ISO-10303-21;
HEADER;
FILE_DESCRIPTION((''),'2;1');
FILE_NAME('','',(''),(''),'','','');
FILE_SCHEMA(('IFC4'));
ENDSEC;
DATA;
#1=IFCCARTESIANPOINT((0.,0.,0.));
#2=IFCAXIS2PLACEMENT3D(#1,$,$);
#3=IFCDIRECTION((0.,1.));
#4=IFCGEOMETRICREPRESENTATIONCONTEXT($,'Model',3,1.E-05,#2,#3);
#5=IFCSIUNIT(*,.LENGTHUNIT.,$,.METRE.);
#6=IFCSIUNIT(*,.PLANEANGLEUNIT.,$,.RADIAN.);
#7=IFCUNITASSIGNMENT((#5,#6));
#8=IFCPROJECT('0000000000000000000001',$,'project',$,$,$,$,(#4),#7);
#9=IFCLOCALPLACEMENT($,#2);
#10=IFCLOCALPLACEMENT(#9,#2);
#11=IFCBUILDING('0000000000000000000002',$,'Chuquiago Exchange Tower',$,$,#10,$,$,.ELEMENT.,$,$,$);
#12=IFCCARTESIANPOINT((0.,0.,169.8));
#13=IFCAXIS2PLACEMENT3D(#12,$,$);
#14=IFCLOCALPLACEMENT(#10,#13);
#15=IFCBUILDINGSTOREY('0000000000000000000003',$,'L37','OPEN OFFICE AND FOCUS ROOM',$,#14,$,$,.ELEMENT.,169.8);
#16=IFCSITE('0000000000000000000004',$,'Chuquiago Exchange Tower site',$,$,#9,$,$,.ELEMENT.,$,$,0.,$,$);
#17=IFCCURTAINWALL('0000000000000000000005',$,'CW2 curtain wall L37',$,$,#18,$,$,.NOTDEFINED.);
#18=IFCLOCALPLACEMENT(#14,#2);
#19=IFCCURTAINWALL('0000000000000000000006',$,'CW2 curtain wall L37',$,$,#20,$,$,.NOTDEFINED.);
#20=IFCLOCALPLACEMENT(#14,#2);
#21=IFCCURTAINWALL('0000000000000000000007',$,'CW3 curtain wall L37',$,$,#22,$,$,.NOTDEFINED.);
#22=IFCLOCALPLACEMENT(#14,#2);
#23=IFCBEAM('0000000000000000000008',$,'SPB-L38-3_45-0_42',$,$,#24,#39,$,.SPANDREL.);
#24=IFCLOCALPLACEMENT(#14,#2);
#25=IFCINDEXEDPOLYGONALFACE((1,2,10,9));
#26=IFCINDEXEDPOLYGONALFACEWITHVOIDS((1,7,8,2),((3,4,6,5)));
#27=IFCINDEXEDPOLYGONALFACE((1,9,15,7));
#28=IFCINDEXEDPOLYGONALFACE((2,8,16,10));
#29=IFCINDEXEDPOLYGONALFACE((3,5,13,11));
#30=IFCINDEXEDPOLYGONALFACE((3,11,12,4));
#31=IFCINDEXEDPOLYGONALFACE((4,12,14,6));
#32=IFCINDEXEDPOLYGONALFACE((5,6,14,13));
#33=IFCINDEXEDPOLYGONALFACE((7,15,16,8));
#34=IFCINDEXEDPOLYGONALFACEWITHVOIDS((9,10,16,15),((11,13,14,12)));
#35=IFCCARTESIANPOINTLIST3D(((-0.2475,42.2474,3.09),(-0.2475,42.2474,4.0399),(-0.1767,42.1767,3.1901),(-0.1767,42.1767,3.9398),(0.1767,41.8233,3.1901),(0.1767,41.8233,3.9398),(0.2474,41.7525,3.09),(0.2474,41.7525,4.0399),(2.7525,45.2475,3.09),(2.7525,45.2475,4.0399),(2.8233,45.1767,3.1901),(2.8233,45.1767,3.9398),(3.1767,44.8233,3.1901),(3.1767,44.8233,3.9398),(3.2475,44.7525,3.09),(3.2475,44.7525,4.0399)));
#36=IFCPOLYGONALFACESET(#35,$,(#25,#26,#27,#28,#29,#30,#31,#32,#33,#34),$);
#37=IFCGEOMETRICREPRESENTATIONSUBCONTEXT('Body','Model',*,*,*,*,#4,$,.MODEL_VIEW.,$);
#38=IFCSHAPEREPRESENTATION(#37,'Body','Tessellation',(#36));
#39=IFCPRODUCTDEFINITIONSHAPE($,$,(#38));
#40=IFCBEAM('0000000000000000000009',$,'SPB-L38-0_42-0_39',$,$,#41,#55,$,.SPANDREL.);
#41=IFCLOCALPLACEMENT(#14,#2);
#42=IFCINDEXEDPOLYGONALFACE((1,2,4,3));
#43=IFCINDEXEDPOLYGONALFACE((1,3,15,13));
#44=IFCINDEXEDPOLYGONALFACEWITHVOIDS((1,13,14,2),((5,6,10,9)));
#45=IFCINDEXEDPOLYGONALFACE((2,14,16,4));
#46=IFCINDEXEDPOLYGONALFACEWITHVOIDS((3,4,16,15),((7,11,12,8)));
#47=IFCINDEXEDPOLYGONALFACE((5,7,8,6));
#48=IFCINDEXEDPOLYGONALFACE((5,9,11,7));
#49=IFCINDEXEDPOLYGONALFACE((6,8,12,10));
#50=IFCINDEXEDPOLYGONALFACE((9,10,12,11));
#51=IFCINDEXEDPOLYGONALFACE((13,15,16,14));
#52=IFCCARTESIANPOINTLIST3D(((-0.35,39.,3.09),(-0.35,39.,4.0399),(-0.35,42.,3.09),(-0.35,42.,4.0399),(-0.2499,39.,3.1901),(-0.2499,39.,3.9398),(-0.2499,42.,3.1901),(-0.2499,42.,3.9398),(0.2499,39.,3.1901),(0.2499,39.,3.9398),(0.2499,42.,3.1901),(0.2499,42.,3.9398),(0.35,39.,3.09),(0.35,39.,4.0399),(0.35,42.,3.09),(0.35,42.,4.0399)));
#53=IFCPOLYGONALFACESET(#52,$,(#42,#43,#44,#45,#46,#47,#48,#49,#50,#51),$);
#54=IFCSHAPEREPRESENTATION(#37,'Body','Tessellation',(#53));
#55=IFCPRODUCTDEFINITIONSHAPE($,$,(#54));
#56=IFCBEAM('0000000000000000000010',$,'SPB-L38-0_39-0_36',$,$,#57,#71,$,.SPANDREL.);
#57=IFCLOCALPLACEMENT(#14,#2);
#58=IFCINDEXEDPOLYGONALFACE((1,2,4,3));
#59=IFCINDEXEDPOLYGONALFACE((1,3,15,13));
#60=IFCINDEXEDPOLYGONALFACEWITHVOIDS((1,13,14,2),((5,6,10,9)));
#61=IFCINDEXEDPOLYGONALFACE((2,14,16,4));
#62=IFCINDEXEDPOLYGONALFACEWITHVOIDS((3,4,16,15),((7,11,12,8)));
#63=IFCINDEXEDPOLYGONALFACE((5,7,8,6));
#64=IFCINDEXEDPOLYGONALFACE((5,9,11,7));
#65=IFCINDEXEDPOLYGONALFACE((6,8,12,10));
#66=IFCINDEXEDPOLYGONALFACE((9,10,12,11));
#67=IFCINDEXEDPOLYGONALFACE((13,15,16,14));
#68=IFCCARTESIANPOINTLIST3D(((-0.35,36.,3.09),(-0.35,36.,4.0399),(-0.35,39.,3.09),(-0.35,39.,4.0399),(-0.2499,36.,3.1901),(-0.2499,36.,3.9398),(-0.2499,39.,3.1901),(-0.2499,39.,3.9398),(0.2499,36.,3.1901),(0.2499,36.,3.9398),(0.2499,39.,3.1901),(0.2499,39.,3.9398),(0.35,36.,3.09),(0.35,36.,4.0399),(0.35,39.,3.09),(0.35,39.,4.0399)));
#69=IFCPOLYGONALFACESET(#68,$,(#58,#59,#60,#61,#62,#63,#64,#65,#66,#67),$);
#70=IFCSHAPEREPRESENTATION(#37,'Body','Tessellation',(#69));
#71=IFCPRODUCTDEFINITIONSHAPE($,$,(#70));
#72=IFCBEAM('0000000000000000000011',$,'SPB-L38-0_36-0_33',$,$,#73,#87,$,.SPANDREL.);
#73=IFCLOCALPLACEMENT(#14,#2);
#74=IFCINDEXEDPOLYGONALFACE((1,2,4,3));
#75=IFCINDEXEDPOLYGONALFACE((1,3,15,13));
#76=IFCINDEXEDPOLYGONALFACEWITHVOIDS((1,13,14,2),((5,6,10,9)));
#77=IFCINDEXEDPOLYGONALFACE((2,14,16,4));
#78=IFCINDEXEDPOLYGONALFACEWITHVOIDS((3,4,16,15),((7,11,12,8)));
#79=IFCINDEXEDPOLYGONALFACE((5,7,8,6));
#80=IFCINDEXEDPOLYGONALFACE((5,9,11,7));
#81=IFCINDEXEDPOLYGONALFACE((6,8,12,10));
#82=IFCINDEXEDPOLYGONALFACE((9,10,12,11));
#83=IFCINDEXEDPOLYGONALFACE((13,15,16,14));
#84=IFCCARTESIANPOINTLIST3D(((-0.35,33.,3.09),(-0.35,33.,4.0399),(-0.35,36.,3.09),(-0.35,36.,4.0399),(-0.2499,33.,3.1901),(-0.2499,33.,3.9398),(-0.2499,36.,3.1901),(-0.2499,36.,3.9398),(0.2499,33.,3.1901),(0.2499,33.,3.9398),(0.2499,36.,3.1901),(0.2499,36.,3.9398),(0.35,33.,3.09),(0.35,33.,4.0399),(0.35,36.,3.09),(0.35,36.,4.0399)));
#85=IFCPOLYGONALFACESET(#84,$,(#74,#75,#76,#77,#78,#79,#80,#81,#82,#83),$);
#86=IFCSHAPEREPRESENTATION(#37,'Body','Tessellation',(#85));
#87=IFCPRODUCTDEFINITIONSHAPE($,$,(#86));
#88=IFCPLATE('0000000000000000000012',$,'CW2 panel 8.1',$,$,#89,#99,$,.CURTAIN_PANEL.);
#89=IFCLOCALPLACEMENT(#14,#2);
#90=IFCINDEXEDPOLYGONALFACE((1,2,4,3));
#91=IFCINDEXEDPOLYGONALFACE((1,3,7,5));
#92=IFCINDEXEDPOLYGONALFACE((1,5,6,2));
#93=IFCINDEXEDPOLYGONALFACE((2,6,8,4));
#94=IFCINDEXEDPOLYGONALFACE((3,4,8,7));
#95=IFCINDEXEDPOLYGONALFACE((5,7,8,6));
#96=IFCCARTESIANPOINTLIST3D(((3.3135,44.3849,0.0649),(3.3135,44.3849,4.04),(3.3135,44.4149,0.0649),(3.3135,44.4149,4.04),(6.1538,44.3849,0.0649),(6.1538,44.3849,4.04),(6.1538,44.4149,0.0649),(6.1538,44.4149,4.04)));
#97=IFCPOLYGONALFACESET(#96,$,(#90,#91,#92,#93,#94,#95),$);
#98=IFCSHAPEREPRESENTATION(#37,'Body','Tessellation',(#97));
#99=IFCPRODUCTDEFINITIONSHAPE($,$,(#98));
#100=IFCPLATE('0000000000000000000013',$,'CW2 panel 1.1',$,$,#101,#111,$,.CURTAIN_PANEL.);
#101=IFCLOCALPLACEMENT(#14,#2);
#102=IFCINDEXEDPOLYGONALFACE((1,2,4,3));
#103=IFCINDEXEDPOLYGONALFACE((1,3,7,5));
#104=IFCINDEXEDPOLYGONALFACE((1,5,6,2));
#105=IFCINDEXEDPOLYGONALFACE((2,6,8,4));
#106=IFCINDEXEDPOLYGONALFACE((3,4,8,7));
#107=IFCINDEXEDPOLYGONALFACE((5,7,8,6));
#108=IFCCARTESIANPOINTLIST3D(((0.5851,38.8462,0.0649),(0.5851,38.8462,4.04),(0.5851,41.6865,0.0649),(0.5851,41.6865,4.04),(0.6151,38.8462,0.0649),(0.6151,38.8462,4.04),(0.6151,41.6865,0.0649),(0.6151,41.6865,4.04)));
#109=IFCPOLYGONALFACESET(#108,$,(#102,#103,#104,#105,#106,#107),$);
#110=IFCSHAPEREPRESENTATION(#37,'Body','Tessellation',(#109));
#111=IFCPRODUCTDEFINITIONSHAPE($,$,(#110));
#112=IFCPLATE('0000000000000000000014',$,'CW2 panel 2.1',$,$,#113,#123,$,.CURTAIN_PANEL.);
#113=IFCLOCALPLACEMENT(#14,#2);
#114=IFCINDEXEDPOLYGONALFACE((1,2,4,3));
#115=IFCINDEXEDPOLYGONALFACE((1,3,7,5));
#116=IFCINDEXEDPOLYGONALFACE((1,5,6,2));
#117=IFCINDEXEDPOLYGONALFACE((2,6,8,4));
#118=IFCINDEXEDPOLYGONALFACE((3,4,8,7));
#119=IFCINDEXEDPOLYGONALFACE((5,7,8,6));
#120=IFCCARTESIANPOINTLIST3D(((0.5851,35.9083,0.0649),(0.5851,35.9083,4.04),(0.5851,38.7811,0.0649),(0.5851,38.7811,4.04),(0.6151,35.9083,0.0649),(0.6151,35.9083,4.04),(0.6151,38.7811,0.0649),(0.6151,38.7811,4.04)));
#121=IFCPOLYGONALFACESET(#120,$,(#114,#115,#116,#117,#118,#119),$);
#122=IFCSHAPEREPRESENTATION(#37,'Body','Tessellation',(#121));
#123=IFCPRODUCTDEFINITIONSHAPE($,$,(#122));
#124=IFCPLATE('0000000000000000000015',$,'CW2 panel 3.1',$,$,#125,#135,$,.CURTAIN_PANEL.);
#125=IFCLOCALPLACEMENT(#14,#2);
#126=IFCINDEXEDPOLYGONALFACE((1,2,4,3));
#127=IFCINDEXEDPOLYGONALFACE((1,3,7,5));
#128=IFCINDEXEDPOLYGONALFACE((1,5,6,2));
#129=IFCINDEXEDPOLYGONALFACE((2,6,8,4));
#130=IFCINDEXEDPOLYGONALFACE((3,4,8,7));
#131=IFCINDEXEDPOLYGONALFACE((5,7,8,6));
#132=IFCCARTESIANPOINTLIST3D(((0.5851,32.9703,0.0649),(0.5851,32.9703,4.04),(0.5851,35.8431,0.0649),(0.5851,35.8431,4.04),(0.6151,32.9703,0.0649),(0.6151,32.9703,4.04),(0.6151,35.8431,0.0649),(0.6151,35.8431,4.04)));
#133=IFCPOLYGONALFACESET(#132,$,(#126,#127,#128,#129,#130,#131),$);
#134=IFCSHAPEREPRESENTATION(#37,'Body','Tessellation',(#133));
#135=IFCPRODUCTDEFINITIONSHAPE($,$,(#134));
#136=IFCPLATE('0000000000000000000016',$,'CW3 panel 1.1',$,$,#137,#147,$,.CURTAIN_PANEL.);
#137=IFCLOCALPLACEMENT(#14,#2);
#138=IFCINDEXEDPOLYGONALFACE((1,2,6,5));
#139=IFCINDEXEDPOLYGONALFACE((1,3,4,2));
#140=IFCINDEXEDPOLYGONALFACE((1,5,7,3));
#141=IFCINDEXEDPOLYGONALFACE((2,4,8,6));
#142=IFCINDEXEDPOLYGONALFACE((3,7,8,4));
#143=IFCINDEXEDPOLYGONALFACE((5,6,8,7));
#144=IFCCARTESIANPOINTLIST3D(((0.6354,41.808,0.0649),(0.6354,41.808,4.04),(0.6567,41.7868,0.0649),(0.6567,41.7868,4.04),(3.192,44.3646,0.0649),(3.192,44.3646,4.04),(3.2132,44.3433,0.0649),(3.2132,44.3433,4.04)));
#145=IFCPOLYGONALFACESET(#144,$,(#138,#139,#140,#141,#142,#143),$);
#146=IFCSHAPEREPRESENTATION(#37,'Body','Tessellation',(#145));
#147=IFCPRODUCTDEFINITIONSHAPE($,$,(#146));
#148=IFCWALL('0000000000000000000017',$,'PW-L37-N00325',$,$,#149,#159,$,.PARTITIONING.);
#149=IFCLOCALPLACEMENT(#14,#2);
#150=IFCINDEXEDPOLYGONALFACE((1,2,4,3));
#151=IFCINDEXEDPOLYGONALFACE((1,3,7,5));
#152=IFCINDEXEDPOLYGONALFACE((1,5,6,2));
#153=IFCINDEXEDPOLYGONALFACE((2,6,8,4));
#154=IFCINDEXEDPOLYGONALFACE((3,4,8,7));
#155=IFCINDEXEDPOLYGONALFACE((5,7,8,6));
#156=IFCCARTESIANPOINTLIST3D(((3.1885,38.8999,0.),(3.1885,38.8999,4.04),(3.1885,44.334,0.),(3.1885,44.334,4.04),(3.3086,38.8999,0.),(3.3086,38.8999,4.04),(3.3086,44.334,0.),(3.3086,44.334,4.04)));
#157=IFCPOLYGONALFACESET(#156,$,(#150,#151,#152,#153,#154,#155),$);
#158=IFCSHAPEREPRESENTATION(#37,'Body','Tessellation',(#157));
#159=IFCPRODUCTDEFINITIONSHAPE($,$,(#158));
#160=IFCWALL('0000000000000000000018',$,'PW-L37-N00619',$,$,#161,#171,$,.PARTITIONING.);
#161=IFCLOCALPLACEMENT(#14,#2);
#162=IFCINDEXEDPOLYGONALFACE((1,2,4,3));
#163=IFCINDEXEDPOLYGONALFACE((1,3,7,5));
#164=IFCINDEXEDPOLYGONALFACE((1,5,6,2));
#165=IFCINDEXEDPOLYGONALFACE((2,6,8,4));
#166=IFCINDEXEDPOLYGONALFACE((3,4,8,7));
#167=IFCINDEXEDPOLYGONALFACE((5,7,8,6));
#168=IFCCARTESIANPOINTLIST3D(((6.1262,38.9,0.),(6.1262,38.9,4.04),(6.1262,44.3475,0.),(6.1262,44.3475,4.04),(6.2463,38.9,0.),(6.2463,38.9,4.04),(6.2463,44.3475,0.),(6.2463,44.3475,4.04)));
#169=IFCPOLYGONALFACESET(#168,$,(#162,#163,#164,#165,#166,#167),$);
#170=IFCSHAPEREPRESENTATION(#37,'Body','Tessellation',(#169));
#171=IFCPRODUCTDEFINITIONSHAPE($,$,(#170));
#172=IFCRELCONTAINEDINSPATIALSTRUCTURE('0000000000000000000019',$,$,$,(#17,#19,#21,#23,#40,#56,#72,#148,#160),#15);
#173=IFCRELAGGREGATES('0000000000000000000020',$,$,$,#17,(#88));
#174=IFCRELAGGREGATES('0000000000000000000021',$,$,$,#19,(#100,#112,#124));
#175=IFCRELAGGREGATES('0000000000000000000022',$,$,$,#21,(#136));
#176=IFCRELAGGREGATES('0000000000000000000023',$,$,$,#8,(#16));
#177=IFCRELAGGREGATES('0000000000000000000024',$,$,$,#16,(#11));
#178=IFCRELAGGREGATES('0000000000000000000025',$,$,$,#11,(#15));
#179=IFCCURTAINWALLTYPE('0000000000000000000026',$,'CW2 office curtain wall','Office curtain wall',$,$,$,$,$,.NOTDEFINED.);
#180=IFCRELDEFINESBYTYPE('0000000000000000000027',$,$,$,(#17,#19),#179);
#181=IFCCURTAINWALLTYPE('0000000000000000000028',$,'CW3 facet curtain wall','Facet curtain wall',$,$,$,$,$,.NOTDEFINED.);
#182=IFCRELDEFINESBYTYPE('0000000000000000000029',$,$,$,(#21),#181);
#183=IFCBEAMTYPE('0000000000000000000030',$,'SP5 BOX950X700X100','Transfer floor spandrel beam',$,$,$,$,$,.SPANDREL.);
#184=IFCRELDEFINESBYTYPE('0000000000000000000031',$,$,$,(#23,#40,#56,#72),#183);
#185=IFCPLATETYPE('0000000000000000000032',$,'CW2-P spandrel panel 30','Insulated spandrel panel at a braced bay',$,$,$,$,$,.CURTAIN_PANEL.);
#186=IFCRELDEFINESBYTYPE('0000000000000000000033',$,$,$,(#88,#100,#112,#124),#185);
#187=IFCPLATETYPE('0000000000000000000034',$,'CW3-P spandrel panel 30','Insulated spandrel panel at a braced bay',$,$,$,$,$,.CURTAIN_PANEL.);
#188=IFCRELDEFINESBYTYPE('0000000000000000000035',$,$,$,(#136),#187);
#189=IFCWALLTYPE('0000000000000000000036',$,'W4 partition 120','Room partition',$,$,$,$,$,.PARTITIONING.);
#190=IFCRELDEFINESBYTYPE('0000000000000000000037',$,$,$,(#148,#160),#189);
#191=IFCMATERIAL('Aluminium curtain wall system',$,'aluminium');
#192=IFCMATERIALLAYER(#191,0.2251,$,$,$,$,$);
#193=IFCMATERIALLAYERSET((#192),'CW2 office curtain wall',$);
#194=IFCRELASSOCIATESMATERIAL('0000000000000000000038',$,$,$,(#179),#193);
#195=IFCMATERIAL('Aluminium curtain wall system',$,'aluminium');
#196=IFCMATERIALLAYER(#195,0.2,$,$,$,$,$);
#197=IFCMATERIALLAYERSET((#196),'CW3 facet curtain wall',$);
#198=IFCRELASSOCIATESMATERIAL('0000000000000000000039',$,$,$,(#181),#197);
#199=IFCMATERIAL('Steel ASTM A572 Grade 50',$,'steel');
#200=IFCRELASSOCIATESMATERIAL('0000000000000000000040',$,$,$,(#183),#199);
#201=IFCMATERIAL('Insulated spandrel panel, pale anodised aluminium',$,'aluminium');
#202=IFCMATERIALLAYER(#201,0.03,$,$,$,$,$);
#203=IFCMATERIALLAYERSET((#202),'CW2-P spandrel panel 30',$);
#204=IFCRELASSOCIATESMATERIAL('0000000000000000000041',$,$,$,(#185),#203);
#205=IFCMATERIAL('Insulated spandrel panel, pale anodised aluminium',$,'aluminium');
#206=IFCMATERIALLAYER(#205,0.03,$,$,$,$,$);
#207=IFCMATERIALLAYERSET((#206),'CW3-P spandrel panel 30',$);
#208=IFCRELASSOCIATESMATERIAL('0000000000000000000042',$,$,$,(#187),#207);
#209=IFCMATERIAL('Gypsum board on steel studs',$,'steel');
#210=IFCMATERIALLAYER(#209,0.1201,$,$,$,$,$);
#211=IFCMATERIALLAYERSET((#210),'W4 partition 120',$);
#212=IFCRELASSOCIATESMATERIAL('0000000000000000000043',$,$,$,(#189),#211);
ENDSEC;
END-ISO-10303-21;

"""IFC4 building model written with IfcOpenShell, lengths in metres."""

from ifc_helpers import new_model, si_unit, direction, frame, frame_2d, origin, origin_2d, place, context, subcontext, project, spatial, rectangle, hollow_rectangle, extrude, material, layer, layer_set, material_profile, profile_set, type_object, element, aggregate, save


model = new_model("IFC4")

# Units and contexts
model_context = context("Model", 3, precision=1e-05, world=origin(), true_north=direction((0.0, 1.0)))
body_context = subcontext(model_context, "Body", "Model", "MODEL_VIEW")
ifc_project = project(units=[si_unit("LENGTHUNIT", "METRE"), si_unit("PLANEANGLEUNIT", "RADIAN")], contexts=[model_context])

# Site, building, storey
site_placement = place(None, origin())
site = spatial("IfcSite", under=ifc_project, at=site_placement, Name="Chuquiago Exchange Tower site", CompositionType="ELEMENT", RefElevation=0.0)
building_placement = place(site_placement, origin())
building = spatial("IfcBuilding", under=site, at=building_placement, Name="Chuquiago Exchange Tower", CompositionType="ELEMENT")
storey_placement = place(building_placement, frame((0.0, 0.0, 169.8)))
storey = spatial("IfcBuildingStorey", under=building, at=storey_placement, Name="L37", Description="OPEN OFFICE AND FOCUS ROOM", CompositionType="ELEMENT", Elevation=169.8)

# Curtain wall
ifc_material_1 = material(Name="Aluminium curtain wall system", Category="aluminium")
ifc_layer_1 = layer(ifc_material_1, 0.2251)
ifc_layer_set_1 = layer_set([ifc_layer_1], Name="CW2 office curtain wall")
curtain_wall_type_1 = type_object("IfcCurtainWallType", Name="CW2 office curtain wall", Description="Office curtain wall", PredefinedType="NOTDEFINED", material=ifc_layer_set_1)
curtain_wall_1_placement = place(storey_placement, origin())
curtain_wall_1 = element("IfcCurtainWall", 1, at=curtain_wall_1_placement, inside=storey, type_object=curtain_wall_type_1, Name="CW2 curtain wall L37", PredefinedType="NOTDEFINED")

# Curtain wall
curtain_wall_2_placement = place(storey_placement, origin())
curtain_wall_2 = element("IfcCurtainWall", 2, at=curtain_wall_2_placement, inside=storey, type_object=curtain_wall_type_1, Name="CW2 curtain wall L37", PredefinedType="NOTDEFINED")

# Curtain wall
ifc_material_2 = material(Name="Aluminium curtain wall system", Category="aluminium")
ifc_layer_2 = layer(ifc_material_2, 0.2)
ifc_layer_set_2 = layer_set([ifc_layer_2], Name="CW3 facet curtain wall")
curtain_wall_type_2 = type_object("IfcCurtainWallType", Name="CW3 facet curtain wall", Description="Facet curtain wall", PredefinedType="NOTDEFINED", material=ifc_layer_set_2)
curtain_wall_3_placement = place(storey_placement, origin())
curtain_wall_3 = element("IfcCurtainWall", 3, at=curtain_wall_3_placement, inside=storey, type_object=curtain_wall_type_2, Name="CW3 curtain wall L37", PredefinedType="NOTDEFINED")

# Beams
ifc_material_3 = material(Name="Steel ASTM A572 Grade 50", Category="steel")
ifc_material_profile_1 = material_profile(ifc_material_3, hollow_rectangle(XDim=0.7, YDim=0.95, WallThickness=0.1001, at=origin_2d()), Name="BOX950X700X100")
ifc_profile_set_1 = profile_set([ifc_material_profile_1], Name="Steel ASTM A572 Grade 50")
beam_type_1 = type_object("IfcBeamType", Name="SP5 BOX950X700X100", Description="Transfer floor spandrel beam", PredefinedType="SPANDREL", material=ifc_profile_set_1)
beam_1_placement = place(storey_placement, frame((3.0, 45.0, 3.5649), z_axis=(-0.707107, -0.707107, 0.0), x_axis=(0.707107, -0.707107, 0.0)))
element("IfcBeam", 4, at=beam_1_placement, inside=storey, type_object=beam_type_1, Name="SPB-L38-3_45-0_42", PredefinedType="SPANDREL", context=body_context, shape_type="SweptSolid", body=[
    extrude(hollow_rectangle(XDim=0.7, YDim=0.95, WallThickness=0.1001, at=origin_2d()), origin(), (0.0, 0.0, 1.0), 4.2427),
])
for number, where, z_axis, x_axis, name in (
    (5, (0.0, 42.0, 3.5649), (0.0, -1.0, 0.0), (1.0, 0.0, 0.0), "SPB-L38-0_42-0_39"),
    (6, (0.0, 39.0, 3.5649), (0.0, -1.0, 0.0), (1.0, 0.0, 0.0), "SPB-L38-0_39-0_36"),
    (7, (0.0, 36.0, 3.5649), (0.0, -1.0, 0.0), (1.0, 0.0, 0.0), "SPB-L38-0_36-0_33"),
):
    element("IfcBeam", number, at=place(storey_placement, frame(where, z_axis=z_axis, x_axis=x_axis)), inside=storey, type_object=beam_type_1, Name=name, PredefinedType="SPANDREL", context=body_context, shape_type="SweptSolid", body=[
        extrude(hollow_rectangle(XDim=0.7, YDim=0.95, WallThickness=0.1001, at=origin_2d()), origin(), (0.0, 0.0, 1.0), 3.0),
    ])

# Plates
ifc_material_4 = material(Name="Insulated spandrel panel, pale anodised aluminium", Category="aluminium")
ifc_layer_3 = layer(ifc_material_4, 0.03)
ifc_layer_set_3 = layer_set([ifc_layer_3], Name="CW2-P spandrel panel 30")
plate_type_1 = type_object("IfcPlateType", Name="CW2-P spandrel panel 30", Description="Insulated spandrel panel at a braced bay", PredefinedType="CURTAIN_PANEL", material=ifc_layer_set_3)
plate_1_placement = place(storey_placement, frame((4.7336, 44.3999, 0.0649), z_axis=(0.0, 0.0, 1.0), x_axis=(-1.0, 0.0, 0.0)))
plate_1 = element("IfcPlate", 8, at=plate_1_placement, type_object=plate_type_1, Name="CW2 panel 8.1", PredefinedType="CURTAIN_PANEL", context=body_context, shape_type="SweptSolid", body=[
    extrude(rectangle(XDim=2.8403, YDim=0.03, at=origin_2d()), origin(), (0.0, 0.0, 1.0), 3.9751),
])
aggregate(curtain_wall_1, [plate_1])
plate_2_placement = place(storey_placement, frame((0.6001, 40.2664, 0.0649), z_axis=(0.0, 0.0, 1.0), x_axis=(0.0, -1.0, 0.0)))
plate_2 = element("IfcPlate", 9, at=plate_2_placement, type_object=plate_type_1, Name="CW2 panel 1.1", PredefinedType="CURTAIN_PANEL", context=body_context, shape_type="SweptSolid", body=[
    extrude(rectangle(XDim=2.8403, YDim=0.03, at=origin_2d()), origin(), (0.0, 0.0, 1.0), 3.9751),
])
plate_3_placement = place(storey_placement, frame((0.6001, 37.3447, 0.0649), z_axis=(0.0, 0.0, 1.0), x_axis=(0.0, -1.0, 0.0)))
plate_3 = element("IfcPlate", 10, at=plate_3_placement, type_object=plate_type_1, Name="CW2 panel 2.1", PredefinedType="CURTAIN_PANEL", context=body_context, shape_type="SweptSolid", body=[
    extrude(rectangle(XDim=2.8728, YDim=0.03, at=origin_2d()), origin(), (0.0, 0.0, 1.0), 3.9751),
])
plate_4_placement = place(storey_placement, frame((0.6001, 34.4067, 0.0649), z_axis=(0.0, 0.0, 1.0), x_axis=(0.0, -1.0, 0.0)))
plate_4 = element("IfcPlate", 11, at=plate_4_placement, type_object=plate_type_1, Name="CW2 panel 3.1", PredefinedType="CURTAIN_PANEL", context=body_context, shape_type="SweptSolid", body=[
    extrude(rectangle(XDim=2.8728, YDim=0.03, at=origin_2d()), origin(), (0.0, 0.0, 1.0), 3.9751),
])
aggregate(curtain_wall_2, [plate_2, plate_3, plate_4])
ifc_material_5 = material(Name="Insulated spandrel panel, pale anodised aluminium", Category="aluminium")
ifc_layer_4 = layer(ifc_material_5, 0.03)
ifc_layer_set_4 = layer_set([ifc_layer_4], Name="CW3-P spandrel panel 30")
plate_type_2 = type_object("IfcPlateType", Name="CW3-P spandrel panel 30", Description="Insulated spandrel panel at a braced bay", PredefinedType="CURTAIN_PANEL", material=ifc_layer_set_4)
plate_5_placement = place(storey_placement, frame((1.9243, 43.0757, 0.0649), z_axis=(0.0, 0.0, 1.0), x_axis=(-0.707107, -0.707107, 0.0)))
plate_5 = element("IfcPlate", 12, at=plate_5_placement, type_object=plate_type_2, Name="CW3 panel 1.1", PredefinedType="CURTAIN_PANEL", context=body_context, shape_type="SweptSolid", body=[
    extrude(rectangle(XDim=3.6155, YDim=0.03, at=origin_2d()), origin(), (0.0, 0.0, 1.0), 3.9751),
])
aggregate(curtain_wall_3, [plate_5])

# Walls
ifc_material_6 = material(Name="Gypsum board on steel studs", Category="steel")
ifc_layer_5 = layer(ifc_material_6, 0.1201)
ifc_layer_set_5 = layer_set([ifc_layer_5], Name="W4 partition 120")
wall_type = type_object("IfcWallType", Name="W4 partition 120", Description="Room partition", PredefinedType="PARTITIONING", material=ifc_layer_set_5)
wall_1_placement = place(storey_placement, frame((3.2485, 44.334, 0.0), z_axis=(0.0, 0.0, 1.0), x_axis=(0.0, -1.0, 0.0)))
element("IfcWall", 13, at=wall_1_placement, inside=storey, type_object=wall_type, Name="PW-L37-N00325", PredefinedType="PARTITIONING", context=body_context, shape_type="SweptSolid", body=[
    extrude(rectangle(XDim=5.4341, YDim=0.1201, at=frame_2d((2.717, 0.0))), origin(), (0.0, 0.0, 1.0), 4.04),
])
wall_2_placement = place(storey_placement, frame((6.1863, 44.3474, 0.0), z_axis=(0.0, 0.0, 1.0), x_axis=(0.0, -1.0, 0.0)))
element("IfcWall", 14, at=wall_2_placement, inside=storey, type_object=wall_type, Name="PW-L37-N00619", PredefinedType="PARTITIONING", context=body_context, shape_type="SweptSolid", body=[
    extrude(rectangle(XDim=5.4475, YDim=0.1201, at=frame_2d((2.7236, 0.0))), origin(), (0.0, 0.0, 1.0), 4.04),
])

save(model, "model.ifc")
